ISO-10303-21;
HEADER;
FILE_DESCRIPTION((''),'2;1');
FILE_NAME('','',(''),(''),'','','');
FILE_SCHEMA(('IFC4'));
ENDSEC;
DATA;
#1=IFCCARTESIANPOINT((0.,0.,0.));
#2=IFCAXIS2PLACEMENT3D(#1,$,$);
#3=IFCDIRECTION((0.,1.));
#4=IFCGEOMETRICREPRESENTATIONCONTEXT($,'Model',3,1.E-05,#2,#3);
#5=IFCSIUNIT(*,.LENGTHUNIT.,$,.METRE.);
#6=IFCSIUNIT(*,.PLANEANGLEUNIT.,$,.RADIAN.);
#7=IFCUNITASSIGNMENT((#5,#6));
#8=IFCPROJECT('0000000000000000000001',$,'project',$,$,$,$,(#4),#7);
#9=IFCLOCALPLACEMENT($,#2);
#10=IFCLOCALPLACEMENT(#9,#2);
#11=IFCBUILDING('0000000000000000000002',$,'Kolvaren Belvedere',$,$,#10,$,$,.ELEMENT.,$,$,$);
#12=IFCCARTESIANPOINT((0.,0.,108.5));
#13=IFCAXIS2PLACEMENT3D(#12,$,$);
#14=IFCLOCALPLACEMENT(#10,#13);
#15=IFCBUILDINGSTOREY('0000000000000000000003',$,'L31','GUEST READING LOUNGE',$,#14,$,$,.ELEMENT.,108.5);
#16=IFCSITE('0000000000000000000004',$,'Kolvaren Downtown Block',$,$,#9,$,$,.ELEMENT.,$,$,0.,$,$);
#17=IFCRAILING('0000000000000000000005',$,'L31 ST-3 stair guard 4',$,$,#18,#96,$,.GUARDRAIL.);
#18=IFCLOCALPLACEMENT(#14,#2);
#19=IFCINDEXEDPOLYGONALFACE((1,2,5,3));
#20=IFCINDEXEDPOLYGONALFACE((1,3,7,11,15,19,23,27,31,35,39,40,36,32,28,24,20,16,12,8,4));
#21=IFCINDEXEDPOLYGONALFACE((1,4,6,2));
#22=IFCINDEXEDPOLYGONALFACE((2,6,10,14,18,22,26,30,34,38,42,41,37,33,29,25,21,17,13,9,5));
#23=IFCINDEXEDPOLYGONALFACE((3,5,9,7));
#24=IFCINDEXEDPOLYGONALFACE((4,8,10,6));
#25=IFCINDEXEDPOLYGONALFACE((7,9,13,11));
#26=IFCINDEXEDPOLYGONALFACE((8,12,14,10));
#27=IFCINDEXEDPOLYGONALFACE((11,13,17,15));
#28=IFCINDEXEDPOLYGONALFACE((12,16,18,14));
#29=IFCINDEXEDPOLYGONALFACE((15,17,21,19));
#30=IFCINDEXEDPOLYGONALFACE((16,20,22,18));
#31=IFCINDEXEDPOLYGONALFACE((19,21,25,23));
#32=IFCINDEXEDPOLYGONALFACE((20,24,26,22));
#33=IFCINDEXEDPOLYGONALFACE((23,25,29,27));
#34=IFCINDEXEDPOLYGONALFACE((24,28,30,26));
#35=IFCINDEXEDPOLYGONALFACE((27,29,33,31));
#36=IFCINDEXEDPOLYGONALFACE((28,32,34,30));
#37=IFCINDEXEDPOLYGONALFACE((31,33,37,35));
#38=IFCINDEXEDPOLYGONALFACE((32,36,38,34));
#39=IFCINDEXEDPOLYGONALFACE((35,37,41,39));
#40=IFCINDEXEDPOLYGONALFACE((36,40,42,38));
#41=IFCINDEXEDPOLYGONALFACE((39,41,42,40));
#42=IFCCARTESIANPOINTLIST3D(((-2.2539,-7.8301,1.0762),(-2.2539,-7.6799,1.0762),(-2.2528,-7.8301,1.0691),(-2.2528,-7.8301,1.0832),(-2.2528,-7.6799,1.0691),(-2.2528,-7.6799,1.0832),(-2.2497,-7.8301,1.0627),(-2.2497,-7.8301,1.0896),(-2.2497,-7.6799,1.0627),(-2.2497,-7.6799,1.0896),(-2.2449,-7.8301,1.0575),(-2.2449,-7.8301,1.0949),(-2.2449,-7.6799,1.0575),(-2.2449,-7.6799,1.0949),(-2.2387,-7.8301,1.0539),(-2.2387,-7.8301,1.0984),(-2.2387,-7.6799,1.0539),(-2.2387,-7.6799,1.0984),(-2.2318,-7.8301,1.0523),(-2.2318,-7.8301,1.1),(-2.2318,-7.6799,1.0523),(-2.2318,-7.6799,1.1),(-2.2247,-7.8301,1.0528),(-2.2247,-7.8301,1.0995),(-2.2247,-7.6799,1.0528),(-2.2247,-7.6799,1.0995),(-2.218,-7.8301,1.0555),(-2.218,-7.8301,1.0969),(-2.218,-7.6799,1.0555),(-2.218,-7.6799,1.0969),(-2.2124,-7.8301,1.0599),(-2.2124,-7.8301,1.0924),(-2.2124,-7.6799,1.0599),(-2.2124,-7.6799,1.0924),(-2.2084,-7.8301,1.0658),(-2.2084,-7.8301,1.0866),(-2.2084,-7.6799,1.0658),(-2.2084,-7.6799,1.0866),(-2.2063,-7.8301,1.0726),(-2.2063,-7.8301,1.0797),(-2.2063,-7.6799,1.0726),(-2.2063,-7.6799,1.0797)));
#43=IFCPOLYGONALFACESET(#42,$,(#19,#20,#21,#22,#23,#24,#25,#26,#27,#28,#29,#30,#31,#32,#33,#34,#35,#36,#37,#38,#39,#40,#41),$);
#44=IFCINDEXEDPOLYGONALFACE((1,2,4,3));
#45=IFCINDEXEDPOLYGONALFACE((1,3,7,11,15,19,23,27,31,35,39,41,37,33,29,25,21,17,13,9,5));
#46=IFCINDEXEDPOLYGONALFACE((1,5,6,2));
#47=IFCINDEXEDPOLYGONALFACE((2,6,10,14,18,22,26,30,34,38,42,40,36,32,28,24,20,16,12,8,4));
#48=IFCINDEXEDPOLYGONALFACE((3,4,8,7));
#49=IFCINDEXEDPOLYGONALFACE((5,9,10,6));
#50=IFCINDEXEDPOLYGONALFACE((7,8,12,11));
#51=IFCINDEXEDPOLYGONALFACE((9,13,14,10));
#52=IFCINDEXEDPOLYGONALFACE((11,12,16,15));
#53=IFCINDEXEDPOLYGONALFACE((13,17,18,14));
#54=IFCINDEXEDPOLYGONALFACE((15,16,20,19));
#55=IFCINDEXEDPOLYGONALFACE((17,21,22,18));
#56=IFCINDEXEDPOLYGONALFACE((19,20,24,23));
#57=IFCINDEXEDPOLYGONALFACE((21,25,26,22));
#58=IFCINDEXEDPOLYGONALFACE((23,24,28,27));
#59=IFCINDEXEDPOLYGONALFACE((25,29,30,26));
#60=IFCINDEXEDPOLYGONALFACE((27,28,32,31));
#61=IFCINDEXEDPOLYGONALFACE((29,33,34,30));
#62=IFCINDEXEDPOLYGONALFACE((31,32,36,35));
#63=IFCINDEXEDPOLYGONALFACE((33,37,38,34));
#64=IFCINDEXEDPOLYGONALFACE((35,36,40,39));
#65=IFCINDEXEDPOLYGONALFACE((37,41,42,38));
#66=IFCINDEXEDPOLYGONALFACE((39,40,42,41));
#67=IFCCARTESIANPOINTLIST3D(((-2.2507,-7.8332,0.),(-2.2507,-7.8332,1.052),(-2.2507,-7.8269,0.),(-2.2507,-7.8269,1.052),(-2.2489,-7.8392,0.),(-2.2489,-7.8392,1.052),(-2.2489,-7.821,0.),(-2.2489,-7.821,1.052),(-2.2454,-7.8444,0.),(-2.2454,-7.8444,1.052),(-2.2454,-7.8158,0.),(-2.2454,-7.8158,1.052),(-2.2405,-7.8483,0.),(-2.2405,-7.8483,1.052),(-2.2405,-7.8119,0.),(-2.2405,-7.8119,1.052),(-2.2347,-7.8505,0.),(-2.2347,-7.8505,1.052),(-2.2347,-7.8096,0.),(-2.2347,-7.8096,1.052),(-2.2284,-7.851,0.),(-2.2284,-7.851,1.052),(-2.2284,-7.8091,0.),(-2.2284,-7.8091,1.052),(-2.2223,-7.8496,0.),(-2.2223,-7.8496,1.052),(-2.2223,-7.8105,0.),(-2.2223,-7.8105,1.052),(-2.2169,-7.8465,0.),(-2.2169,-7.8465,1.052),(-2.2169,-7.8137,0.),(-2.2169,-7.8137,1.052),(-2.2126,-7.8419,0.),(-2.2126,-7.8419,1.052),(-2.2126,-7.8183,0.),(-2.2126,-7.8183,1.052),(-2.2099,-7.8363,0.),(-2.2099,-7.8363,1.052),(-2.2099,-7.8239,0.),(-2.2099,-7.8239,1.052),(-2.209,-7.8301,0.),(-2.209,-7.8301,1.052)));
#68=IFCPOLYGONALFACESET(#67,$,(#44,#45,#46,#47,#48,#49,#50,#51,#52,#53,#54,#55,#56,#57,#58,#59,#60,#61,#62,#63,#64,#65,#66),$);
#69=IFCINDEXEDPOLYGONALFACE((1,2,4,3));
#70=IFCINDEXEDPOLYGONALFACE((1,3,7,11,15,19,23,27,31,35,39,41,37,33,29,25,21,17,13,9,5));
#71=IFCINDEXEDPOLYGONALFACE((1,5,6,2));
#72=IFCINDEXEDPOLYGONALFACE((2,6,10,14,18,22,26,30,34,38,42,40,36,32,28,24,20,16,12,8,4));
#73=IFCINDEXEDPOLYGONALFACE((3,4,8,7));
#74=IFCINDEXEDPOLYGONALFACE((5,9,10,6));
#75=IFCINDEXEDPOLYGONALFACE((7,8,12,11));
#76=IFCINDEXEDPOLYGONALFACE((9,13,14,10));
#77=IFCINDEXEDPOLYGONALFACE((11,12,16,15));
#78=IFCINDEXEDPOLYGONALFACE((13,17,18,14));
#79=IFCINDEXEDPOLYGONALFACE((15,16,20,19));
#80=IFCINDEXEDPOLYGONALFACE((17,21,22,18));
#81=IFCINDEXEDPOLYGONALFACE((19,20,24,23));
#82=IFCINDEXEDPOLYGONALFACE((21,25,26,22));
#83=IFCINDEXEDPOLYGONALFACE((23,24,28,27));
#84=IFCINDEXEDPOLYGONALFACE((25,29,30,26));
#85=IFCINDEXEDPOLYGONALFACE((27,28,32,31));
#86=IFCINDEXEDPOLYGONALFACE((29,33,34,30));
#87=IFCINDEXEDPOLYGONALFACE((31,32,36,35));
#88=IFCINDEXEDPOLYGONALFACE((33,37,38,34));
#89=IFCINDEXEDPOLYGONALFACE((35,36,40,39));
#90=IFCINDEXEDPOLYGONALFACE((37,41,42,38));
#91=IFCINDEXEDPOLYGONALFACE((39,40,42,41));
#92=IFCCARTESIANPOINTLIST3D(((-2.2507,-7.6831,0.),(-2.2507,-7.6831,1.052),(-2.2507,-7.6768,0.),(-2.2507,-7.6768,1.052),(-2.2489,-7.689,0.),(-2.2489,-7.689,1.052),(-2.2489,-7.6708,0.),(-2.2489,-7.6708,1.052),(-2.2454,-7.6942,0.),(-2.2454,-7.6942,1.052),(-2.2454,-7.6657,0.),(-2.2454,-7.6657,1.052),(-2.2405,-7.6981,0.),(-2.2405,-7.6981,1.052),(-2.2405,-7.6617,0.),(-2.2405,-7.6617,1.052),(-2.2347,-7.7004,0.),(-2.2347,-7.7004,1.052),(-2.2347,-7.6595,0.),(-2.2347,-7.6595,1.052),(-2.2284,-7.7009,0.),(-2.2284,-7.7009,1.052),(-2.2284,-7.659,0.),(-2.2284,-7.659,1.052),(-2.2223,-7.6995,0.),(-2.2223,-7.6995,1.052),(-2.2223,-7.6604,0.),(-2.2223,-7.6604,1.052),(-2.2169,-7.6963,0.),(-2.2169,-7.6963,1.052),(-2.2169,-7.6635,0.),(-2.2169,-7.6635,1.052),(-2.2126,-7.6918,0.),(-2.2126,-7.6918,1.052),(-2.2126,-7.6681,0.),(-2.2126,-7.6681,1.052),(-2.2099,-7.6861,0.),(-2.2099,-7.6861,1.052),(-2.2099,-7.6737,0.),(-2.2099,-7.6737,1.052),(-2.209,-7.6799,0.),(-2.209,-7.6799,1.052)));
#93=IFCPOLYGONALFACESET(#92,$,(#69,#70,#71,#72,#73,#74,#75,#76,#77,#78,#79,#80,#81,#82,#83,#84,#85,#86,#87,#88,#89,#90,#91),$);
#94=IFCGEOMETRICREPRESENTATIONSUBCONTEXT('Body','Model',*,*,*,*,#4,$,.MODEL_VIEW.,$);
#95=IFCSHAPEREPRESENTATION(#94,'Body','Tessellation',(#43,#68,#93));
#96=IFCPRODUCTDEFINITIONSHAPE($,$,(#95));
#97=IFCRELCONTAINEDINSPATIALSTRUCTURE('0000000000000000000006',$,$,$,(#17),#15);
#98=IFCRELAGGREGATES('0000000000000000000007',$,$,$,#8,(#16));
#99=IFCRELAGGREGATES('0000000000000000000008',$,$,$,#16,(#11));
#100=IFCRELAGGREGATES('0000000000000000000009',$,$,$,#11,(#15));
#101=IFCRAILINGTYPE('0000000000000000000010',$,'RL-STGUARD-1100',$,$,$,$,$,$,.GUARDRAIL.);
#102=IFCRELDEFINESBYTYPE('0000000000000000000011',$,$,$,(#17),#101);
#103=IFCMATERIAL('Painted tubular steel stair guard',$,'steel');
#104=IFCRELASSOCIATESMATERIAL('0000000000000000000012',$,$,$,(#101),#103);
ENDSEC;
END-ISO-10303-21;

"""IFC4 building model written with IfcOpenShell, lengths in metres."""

from ifc_helpers import new_model, si_unit, direction, frame, origin, origin_2d, place, context, subcontext, project, spatial, circle, extrude, material, type_object, element, save


model = new_model("IFC4")

# Units and contexts
model_context = context("Model", 3, precision=1e-05, world=origin(), true_north=direction((0.0, 1.0)))
body_context = subcontext(model_context, "Body", "Model", "MODEL_VIEW")
ifc_project = project(units=[si_unit("LENGTHUNIT", "METRE"), si_unit("PLANEANGLEUNIT", "RADIAN")], contexts=[model_context])

# Site, building, storey
site_placement = place(None, origin())
site = spatial("IfcSite", under=ifc_project, at=site_placement, Name="Kolvaren Downtown Block", CompositionType="ELEMENT", RefElevation=0.0)
building_placement = place(site_placement, origin())
building = spatial("IfcBuilding", under=site, at=building_placement, Name="Kolvaren Belvedere", CompositionType="ELEMENT")
storey_placement = place(building_placement, frame((0.0, 0.0, 108.5)))
storey = spatial("IfcBuildingStorey", under=building, at=storey_placement, Name="L31", Description="GUEST READING LOUNGE", CompositionType="ELEMENT", Elevation=108.5)

# Railing
ifc_material_1 = material(Name="Painted tubular steel stair guard", Category="steel")
railing_type_1 = type_object("IfcRailingType", Name="RL-STGUARD-1100", PredefinedType="GUARDRAIL", material=ifc_material_1)
railing_1_placement = place(storey_placement, frame((-2.23, -7.8301, 0.0)))
element("IfcRailing", 1, at=railing_1_placement, inside=storey, type_object=railing_type_1, Name="L31 ST-3 stair guard 4", PredefinedType="GUARDRAIL", context=body_context, shape_type="SweptSolid", body=[
    extrude(circle(Radius=0.0239, at=origin_2d()), frame((0.0, 0.0, 1.0762), z_axis=(0.0, 1.0, 0.0), x_axis=(-1.0, 0.0, 0.0)), (0.0, 0.0, 1.0), 0.1501),
    extrude(circle(Radius=0.021, at=origin_2d()), origin(), (0.0, 0.0, 1.0), 1.052),
    extrude(circle(Radius=0.021, at=origin_2d()), frame((0.0, 0.1501, 0.0)), (0.0, 0.0, 1.0), 1.052),
])

save(model, "model.ifc")
